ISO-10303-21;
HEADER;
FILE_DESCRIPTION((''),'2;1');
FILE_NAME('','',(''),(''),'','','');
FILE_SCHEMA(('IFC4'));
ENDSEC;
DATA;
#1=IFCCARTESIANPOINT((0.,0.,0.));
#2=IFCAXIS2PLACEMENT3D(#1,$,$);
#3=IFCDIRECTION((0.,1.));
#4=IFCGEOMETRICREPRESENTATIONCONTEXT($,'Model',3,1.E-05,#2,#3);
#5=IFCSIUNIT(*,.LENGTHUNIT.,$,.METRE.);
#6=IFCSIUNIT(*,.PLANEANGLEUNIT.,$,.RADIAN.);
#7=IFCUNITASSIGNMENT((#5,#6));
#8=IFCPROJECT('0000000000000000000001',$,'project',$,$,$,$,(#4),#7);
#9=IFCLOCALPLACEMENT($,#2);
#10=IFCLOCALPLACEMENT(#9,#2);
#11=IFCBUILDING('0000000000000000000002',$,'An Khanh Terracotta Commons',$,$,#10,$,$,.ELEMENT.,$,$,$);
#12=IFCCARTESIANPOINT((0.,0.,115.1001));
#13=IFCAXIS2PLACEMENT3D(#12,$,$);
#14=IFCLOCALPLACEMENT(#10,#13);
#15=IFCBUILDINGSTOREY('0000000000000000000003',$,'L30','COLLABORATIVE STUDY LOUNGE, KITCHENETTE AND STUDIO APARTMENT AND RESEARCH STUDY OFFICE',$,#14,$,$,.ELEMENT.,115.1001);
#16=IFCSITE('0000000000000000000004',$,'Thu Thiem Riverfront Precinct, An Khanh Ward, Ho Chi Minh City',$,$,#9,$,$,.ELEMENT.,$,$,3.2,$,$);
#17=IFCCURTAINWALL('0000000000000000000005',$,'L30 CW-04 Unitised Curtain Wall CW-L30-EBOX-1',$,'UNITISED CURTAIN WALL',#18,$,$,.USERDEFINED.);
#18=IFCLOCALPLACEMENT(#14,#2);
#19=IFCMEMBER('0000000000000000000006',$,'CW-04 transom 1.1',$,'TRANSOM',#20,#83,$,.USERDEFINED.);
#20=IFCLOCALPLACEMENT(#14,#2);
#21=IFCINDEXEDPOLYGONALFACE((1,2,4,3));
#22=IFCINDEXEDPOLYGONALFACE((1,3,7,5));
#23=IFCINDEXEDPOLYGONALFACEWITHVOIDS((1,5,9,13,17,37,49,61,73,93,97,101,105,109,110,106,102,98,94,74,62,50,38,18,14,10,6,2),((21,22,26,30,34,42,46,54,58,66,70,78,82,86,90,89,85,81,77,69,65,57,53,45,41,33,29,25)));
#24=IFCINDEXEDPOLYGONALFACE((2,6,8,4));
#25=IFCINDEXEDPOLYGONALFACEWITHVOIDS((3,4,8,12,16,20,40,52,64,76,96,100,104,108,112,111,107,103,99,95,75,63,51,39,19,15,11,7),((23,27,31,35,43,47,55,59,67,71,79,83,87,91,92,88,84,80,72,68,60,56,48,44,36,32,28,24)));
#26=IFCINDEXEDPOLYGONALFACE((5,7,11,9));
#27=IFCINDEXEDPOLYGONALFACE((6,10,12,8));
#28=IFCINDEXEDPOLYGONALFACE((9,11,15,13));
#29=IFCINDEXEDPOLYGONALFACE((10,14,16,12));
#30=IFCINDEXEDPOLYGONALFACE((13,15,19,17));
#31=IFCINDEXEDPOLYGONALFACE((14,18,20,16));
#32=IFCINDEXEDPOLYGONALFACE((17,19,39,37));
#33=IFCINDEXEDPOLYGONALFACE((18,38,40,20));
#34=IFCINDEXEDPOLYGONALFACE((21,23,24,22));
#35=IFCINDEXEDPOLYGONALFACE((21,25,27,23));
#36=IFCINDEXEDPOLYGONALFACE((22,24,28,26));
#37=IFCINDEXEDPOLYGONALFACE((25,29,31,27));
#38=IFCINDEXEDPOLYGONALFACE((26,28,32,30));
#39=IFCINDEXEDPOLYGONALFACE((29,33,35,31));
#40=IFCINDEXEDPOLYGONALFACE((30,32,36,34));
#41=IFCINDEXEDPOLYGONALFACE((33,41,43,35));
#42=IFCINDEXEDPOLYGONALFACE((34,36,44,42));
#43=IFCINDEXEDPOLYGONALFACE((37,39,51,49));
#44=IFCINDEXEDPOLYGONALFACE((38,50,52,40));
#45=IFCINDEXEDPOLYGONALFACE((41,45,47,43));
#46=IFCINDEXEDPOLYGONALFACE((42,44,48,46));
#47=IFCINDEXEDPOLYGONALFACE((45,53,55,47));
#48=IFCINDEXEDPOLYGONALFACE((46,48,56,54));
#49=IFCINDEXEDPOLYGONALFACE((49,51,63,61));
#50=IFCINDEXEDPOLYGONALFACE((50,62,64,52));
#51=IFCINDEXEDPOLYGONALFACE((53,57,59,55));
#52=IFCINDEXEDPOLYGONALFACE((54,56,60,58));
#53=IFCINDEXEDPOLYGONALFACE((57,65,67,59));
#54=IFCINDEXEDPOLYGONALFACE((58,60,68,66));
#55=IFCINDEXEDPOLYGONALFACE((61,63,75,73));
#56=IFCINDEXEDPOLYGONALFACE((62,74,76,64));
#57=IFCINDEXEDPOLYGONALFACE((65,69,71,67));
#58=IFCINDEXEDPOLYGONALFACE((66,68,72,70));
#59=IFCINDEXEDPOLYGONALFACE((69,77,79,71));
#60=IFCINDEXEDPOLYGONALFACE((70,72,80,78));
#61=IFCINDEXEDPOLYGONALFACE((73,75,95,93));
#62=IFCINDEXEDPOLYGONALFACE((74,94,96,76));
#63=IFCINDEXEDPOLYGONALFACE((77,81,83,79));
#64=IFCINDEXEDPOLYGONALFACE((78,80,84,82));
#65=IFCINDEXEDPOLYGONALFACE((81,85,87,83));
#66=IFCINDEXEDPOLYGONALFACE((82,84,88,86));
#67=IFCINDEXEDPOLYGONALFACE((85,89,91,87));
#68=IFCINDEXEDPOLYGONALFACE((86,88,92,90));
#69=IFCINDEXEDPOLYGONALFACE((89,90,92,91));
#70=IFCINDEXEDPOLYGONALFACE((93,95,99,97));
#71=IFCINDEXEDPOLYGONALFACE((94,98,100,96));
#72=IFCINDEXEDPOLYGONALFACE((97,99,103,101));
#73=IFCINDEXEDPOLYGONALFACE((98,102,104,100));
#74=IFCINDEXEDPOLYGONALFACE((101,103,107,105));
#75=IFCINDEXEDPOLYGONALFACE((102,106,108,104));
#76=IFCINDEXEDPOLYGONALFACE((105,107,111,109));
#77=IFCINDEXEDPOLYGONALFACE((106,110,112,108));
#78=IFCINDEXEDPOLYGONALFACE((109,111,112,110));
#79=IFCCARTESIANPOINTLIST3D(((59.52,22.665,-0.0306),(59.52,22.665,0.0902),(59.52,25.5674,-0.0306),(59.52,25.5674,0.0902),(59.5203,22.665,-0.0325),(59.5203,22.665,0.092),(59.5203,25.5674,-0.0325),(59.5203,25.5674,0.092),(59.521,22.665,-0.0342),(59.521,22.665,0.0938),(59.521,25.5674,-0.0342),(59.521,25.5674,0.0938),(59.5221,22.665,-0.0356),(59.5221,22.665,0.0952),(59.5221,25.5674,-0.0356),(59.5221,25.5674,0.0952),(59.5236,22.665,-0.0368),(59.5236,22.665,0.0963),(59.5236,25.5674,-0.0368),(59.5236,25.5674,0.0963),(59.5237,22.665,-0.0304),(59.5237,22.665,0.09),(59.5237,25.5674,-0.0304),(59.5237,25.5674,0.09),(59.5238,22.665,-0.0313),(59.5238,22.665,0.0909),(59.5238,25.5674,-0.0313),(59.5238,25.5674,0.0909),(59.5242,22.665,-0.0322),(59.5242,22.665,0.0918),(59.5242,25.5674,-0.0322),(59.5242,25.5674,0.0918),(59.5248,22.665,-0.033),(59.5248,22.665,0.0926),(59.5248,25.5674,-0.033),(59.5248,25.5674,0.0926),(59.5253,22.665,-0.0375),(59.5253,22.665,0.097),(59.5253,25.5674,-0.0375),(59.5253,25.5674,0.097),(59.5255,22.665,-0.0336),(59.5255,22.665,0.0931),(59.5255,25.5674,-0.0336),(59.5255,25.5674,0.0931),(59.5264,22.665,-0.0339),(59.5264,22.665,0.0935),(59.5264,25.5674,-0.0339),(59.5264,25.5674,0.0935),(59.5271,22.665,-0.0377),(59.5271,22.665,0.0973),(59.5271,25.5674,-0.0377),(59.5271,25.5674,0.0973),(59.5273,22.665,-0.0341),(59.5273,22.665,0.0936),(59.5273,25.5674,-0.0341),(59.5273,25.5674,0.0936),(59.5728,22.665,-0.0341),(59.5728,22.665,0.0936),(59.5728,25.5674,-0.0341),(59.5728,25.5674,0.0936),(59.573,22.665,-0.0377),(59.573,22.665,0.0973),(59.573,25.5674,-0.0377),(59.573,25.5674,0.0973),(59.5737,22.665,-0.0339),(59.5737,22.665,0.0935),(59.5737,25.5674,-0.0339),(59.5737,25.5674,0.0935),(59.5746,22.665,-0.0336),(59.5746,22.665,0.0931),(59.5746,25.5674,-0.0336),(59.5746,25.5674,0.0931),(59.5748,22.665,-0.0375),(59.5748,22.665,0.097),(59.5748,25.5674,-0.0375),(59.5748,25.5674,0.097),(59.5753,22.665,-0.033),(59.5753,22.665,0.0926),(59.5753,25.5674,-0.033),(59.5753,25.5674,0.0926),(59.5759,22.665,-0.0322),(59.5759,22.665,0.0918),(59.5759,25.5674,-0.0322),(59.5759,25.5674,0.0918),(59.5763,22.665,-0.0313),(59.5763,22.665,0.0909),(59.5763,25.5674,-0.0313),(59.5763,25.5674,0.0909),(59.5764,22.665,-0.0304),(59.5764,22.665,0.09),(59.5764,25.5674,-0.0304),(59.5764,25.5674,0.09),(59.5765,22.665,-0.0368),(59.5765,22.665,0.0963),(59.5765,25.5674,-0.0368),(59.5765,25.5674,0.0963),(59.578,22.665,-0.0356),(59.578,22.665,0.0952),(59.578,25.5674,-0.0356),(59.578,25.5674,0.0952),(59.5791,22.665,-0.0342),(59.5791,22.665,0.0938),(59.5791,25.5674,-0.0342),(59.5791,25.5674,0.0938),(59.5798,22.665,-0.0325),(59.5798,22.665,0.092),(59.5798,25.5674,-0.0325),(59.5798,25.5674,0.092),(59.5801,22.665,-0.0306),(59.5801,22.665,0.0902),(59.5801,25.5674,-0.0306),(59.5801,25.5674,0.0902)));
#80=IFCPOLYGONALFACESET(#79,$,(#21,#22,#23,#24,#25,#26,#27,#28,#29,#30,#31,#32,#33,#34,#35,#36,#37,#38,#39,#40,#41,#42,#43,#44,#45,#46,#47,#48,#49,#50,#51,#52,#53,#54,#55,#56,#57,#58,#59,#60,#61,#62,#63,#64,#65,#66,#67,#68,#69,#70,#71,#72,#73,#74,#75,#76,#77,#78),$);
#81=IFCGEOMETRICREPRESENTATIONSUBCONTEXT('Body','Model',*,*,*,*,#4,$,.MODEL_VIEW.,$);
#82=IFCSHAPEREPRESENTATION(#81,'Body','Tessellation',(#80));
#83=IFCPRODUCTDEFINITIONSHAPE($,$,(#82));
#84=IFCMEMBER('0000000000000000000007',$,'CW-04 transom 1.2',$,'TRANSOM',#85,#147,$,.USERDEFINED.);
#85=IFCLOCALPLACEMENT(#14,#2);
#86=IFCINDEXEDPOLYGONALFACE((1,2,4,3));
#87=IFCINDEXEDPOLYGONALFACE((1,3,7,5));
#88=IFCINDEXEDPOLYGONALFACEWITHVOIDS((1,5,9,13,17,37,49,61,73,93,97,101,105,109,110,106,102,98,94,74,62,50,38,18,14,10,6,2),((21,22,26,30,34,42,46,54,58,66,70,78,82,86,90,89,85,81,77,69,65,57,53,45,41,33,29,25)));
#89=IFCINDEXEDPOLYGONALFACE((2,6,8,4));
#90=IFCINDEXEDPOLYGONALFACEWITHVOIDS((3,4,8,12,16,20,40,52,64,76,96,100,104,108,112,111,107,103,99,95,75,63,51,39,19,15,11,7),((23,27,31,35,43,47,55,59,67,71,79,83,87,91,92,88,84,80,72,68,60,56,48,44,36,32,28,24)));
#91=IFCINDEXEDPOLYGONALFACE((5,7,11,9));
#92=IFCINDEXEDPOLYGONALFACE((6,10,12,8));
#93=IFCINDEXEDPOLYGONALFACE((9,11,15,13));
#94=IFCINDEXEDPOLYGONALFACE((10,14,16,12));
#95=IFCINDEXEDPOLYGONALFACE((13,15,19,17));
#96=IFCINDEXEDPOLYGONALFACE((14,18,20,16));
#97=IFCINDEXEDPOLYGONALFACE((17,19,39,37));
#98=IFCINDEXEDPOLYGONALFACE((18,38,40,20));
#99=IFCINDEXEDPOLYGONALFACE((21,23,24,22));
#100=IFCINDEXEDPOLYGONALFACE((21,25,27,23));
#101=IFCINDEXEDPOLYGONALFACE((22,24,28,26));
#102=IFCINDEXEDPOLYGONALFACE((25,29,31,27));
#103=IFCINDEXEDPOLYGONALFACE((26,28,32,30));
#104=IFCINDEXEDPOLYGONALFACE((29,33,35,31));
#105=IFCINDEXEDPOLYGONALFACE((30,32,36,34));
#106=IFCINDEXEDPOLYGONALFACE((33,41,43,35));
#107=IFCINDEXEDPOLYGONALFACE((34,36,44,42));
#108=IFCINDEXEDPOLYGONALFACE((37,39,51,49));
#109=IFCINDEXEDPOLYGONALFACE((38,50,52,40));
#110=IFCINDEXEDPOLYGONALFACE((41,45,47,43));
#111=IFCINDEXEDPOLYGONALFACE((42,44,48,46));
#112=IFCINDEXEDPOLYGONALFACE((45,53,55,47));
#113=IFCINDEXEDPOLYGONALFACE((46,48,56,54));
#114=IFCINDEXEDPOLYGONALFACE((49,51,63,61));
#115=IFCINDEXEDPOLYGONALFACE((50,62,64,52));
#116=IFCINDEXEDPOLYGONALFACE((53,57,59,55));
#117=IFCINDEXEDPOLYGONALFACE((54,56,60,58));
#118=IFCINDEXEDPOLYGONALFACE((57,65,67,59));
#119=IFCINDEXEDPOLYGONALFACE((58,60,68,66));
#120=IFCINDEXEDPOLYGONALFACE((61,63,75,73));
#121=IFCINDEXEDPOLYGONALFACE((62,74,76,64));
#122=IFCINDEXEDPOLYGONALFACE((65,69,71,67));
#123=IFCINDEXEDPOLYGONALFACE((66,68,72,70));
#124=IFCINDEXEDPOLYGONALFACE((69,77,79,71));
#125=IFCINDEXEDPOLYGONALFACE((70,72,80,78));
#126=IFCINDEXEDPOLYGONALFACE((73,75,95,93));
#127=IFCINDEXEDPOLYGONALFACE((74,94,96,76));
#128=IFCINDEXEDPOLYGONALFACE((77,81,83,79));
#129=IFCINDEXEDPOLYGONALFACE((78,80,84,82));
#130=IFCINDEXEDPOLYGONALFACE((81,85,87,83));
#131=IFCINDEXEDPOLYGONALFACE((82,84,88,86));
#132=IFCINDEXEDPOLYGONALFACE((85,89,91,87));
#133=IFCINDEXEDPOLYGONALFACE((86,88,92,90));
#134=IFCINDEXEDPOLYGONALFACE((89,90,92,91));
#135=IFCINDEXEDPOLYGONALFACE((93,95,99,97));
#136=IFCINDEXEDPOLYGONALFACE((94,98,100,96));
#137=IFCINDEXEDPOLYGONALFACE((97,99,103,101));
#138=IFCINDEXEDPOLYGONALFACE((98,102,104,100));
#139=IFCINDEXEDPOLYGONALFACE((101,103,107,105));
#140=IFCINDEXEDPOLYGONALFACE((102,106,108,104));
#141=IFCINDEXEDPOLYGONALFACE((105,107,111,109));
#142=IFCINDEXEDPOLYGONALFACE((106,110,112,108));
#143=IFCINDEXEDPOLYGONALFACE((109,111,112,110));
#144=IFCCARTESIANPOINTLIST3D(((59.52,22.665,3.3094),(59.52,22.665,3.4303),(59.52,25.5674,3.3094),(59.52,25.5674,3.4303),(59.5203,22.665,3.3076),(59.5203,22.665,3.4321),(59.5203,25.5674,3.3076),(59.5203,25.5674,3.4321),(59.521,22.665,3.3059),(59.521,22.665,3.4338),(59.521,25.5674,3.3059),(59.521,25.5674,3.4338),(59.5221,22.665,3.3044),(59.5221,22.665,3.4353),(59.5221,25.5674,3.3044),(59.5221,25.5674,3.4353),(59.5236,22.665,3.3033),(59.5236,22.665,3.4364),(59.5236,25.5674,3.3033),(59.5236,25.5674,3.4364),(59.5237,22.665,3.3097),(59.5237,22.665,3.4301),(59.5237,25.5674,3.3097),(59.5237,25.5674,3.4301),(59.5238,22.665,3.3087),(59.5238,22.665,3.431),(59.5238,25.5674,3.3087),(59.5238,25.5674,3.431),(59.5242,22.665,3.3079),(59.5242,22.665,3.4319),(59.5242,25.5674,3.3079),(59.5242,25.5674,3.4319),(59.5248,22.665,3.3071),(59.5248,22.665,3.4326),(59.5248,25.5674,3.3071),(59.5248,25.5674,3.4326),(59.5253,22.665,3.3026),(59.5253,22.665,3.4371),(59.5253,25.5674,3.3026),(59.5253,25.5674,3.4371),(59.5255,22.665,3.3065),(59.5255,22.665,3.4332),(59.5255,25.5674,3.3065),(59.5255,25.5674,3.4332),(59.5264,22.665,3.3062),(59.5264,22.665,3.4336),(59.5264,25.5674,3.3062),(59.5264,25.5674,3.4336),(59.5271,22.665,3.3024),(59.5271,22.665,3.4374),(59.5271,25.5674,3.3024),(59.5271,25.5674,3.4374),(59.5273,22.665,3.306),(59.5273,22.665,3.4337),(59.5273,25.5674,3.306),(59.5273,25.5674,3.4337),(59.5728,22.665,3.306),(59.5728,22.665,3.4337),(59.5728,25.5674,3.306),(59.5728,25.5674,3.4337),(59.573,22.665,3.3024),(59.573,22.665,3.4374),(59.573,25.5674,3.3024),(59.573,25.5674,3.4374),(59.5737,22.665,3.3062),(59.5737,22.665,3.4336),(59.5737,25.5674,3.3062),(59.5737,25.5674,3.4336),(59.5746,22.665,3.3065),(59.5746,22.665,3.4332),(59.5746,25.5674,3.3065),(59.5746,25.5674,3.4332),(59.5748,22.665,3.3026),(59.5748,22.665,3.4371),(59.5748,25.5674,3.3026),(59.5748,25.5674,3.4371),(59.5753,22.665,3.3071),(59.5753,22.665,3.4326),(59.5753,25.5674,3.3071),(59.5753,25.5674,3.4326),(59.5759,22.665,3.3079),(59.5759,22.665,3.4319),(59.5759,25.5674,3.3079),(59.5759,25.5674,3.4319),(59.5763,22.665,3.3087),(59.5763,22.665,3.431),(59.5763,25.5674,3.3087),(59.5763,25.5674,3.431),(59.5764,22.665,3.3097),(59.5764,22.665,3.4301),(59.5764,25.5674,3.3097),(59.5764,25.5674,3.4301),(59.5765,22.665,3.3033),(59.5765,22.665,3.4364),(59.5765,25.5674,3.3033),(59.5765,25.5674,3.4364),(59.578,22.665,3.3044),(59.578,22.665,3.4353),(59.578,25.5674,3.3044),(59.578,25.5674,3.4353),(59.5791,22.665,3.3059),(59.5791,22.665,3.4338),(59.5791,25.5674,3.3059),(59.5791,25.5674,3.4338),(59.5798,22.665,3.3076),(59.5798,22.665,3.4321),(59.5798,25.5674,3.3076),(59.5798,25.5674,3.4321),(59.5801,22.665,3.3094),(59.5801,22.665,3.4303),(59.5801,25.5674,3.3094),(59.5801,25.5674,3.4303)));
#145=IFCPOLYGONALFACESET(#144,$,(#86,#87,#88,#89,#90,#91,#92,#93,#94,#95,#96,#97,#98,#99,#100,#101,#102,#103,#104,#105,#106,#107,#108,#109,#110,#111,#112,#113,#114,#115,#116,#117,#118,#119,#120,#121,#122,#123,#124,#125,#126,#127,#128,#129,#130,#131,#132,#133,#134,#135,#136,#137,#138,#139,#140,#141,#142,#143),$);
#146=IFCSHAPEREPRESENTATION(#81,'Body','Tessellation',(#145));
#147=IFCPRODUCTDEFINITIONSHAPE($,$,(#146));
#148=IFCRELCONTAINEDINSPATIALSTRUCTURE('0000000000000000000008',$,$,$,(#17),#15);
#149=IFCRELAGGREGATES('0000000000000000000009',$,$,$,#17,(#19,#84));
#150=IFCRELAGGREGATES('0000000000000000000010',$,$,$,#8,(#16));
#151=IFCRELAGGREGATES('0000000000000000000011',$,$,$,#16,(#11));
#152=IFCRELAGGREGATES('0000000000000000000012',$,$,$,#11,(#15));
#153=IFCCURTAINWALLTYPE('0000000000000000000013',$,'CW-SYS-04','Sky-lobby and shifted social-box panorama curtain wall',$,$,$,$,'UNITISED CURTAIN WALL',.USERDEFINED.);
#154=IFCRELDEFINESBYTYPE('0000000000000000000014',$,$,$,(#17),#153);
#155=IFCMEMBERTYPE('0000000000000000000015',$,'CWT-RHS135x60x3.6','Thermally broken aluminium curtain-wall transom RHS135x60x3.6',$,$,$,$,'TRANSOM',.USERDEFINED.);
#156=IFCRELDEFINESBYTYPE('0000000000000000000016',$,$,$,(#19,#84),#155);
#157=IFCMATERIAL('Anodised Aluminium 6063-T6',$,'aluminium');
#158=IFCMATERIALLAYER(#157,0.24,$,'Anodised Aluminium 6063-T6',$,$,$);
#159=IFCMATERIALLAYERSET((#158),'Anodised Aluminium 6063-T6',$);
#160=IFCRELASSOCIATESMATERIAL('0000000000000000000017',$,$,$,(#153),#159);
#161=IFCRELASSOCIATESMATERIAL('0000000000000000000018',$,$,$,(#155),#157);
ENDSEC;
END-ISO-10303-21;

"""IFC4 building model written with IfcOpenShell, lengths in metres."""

from ifc_helpers import new_model, si_unit, direction, frame, origin, origin_2d, place, context, subcontext, project, spatial, hollow_rectangle, extrude, material, layer, layer_set, material_profile, profile_set, type_object, element, aggregate, save


model = new_model("IFC4")

# Units and contexts
model_context = context("Model", 3, precision=1e-05, world=origin(), true_north=direction((0.0, 1.0)))
body_context = subcontext(model_context, "Body", "Model", "MODEL_VIEW")
ifc_project = project(units=[si_unit("LENGTHUNIT", "METRE"), si_unit("PLANEANGLEUNIT", "RADIAN")], contexts=[model_context])

# Site, building, storey
site_placement = place(None, origin())
site = spatial("IfcSite", under=ifc_project, at=site_placement, Name="Thu Thiem Riverfront Precinct, An Khanh Ward, Ho Chi Minh City", CompositionType="ELEMENT", RefElevation=3.2)
building_placement = place(site_placement, origin())
building = spatial("IfcBuilding", under=site, at=building_placement, Name="An Khanh Terracotta Commons", CompositionType="ELEMENT")
storey_placement = place(building_placement, frame((0.0, 0.0, 115.1001)))
storey = spatial("IfcBuildingStorey", under=building, at=storey_placement, Name="L30", Description="COLLABORATIVE STUDY LOUNGE, KITCHENETTE AND STUDIO APARTMENT AND RESEARCH STUDY OFFICE", CompositionType="ELEMENT", Elevation=115.1001)

# Curtain wall
ifc_material_1 = material(Name="Anodised Aluminium 6063-T6", Category="aluminium")
ifc_layer_1 = layer(ifc_material_1, 0.24, Name="Anodised Aluminium 6063-T6")
ifc_layer_set_1 = layer_set([ifc_layer_1], Name="Anodised Aluminium 6063-T6")
curtain_wall_type_1 = type_object("IfcCurtainWallType", Name="CW-SYS-04", Description="Sky-lobby and shifted social-box panorama curtain wall", ElementType="UNITISED CURTAIN WALL", PredefinedType="USERDEFINED", material=ifc_layer_set_1)
curtain_wall_1_placement = place(storey_placement, origin())
curtain_wall_1 = element("IfcCurtainWall", 1, at=curtain_wall_1_placement, inside=storey, type_object=curtain_wall_type_1, Name="L30 CW-04 Unitised Curtain Wall CW-L30-EBOX-1", ObjectType="UNITISED CURTAIN WALL", PredefinedType="USERDEFINED")

# Members
ifc_material_profile_1 = material_profile(ifc_material_1, hollow_rectangle(XDim=0.0601, YDim=0.135, WallThickness=0.0037, InnerFilletRadius=0.0037, OuterFilletRadius=0.0071, at=origin_2d()), Name="RHS135x60x3.6")
ifc_profile_set_1 = profile_set([ifc_material_profile_1], Name="Anodised Aluminium 6063-T6")
member_type_1 = type_object("IfcMemberType", Name="CWT-RHS135x60x3.6", Description="Thermally broken aluminium curtain-wall transom RHS135x60x3.6", ElementType="TRANSOM", PredefinedType="USERDEFINED", material=ifc_profile_set_1)
member_1_placement = place(storey_placement, frame((59.55, 22.665, 0.0298), z_axis=(0.0, 1.0, 0.0), x_axis=(-1.0, 0.0, 0.0)))
member_1 = element("IfcMember", 2, at=member_1_placement, type_object=member_type_1, Name="CW-04 transom 1.1", ObjectType="TRANSOM", PredefinedType="USERDEFINED", context=body_context, shape_type="SweptSolid", body=[
    extrude(hollow_rectangle(XDim=0.0601, YDim=0.135, WallThickness=0.0037, InnerFilletRadius=0.0037, OuterFilletRadius=0.0071, at=origin_2d()), origin(), (0.0, 0.0, 1.0), 2.9023),
])
member_2_placement = place(storey_placement, frame((59.55, 22.665, 3.3699), z_axis=(0.0, 1.0, 0.0), x_axis=(-1.0, 0.0, 0.0)))
member_2 = element("IfcMember", 3, at=member_2_placement, type_object=member_type_1, Name="CW-04 transom 1.2", ObjectType="TRANSOM", PredefinedType="USERDEFINED", context=body_context, shape_type="SweptSolid", body=[
    extrude(hollow_rectangle(XDim=0.0601, YDim=0.135, WallThickness=0.0037, InnerFilletRadius=0.0037, OuterFilletRadius=0.0071, at=origin_2d()), origin(), (0.0, 0.0, 1.0), 2.9023),
])
aggregate(curtain_wall_1, [member_1, member_2])

save(model, "model.ifc")
